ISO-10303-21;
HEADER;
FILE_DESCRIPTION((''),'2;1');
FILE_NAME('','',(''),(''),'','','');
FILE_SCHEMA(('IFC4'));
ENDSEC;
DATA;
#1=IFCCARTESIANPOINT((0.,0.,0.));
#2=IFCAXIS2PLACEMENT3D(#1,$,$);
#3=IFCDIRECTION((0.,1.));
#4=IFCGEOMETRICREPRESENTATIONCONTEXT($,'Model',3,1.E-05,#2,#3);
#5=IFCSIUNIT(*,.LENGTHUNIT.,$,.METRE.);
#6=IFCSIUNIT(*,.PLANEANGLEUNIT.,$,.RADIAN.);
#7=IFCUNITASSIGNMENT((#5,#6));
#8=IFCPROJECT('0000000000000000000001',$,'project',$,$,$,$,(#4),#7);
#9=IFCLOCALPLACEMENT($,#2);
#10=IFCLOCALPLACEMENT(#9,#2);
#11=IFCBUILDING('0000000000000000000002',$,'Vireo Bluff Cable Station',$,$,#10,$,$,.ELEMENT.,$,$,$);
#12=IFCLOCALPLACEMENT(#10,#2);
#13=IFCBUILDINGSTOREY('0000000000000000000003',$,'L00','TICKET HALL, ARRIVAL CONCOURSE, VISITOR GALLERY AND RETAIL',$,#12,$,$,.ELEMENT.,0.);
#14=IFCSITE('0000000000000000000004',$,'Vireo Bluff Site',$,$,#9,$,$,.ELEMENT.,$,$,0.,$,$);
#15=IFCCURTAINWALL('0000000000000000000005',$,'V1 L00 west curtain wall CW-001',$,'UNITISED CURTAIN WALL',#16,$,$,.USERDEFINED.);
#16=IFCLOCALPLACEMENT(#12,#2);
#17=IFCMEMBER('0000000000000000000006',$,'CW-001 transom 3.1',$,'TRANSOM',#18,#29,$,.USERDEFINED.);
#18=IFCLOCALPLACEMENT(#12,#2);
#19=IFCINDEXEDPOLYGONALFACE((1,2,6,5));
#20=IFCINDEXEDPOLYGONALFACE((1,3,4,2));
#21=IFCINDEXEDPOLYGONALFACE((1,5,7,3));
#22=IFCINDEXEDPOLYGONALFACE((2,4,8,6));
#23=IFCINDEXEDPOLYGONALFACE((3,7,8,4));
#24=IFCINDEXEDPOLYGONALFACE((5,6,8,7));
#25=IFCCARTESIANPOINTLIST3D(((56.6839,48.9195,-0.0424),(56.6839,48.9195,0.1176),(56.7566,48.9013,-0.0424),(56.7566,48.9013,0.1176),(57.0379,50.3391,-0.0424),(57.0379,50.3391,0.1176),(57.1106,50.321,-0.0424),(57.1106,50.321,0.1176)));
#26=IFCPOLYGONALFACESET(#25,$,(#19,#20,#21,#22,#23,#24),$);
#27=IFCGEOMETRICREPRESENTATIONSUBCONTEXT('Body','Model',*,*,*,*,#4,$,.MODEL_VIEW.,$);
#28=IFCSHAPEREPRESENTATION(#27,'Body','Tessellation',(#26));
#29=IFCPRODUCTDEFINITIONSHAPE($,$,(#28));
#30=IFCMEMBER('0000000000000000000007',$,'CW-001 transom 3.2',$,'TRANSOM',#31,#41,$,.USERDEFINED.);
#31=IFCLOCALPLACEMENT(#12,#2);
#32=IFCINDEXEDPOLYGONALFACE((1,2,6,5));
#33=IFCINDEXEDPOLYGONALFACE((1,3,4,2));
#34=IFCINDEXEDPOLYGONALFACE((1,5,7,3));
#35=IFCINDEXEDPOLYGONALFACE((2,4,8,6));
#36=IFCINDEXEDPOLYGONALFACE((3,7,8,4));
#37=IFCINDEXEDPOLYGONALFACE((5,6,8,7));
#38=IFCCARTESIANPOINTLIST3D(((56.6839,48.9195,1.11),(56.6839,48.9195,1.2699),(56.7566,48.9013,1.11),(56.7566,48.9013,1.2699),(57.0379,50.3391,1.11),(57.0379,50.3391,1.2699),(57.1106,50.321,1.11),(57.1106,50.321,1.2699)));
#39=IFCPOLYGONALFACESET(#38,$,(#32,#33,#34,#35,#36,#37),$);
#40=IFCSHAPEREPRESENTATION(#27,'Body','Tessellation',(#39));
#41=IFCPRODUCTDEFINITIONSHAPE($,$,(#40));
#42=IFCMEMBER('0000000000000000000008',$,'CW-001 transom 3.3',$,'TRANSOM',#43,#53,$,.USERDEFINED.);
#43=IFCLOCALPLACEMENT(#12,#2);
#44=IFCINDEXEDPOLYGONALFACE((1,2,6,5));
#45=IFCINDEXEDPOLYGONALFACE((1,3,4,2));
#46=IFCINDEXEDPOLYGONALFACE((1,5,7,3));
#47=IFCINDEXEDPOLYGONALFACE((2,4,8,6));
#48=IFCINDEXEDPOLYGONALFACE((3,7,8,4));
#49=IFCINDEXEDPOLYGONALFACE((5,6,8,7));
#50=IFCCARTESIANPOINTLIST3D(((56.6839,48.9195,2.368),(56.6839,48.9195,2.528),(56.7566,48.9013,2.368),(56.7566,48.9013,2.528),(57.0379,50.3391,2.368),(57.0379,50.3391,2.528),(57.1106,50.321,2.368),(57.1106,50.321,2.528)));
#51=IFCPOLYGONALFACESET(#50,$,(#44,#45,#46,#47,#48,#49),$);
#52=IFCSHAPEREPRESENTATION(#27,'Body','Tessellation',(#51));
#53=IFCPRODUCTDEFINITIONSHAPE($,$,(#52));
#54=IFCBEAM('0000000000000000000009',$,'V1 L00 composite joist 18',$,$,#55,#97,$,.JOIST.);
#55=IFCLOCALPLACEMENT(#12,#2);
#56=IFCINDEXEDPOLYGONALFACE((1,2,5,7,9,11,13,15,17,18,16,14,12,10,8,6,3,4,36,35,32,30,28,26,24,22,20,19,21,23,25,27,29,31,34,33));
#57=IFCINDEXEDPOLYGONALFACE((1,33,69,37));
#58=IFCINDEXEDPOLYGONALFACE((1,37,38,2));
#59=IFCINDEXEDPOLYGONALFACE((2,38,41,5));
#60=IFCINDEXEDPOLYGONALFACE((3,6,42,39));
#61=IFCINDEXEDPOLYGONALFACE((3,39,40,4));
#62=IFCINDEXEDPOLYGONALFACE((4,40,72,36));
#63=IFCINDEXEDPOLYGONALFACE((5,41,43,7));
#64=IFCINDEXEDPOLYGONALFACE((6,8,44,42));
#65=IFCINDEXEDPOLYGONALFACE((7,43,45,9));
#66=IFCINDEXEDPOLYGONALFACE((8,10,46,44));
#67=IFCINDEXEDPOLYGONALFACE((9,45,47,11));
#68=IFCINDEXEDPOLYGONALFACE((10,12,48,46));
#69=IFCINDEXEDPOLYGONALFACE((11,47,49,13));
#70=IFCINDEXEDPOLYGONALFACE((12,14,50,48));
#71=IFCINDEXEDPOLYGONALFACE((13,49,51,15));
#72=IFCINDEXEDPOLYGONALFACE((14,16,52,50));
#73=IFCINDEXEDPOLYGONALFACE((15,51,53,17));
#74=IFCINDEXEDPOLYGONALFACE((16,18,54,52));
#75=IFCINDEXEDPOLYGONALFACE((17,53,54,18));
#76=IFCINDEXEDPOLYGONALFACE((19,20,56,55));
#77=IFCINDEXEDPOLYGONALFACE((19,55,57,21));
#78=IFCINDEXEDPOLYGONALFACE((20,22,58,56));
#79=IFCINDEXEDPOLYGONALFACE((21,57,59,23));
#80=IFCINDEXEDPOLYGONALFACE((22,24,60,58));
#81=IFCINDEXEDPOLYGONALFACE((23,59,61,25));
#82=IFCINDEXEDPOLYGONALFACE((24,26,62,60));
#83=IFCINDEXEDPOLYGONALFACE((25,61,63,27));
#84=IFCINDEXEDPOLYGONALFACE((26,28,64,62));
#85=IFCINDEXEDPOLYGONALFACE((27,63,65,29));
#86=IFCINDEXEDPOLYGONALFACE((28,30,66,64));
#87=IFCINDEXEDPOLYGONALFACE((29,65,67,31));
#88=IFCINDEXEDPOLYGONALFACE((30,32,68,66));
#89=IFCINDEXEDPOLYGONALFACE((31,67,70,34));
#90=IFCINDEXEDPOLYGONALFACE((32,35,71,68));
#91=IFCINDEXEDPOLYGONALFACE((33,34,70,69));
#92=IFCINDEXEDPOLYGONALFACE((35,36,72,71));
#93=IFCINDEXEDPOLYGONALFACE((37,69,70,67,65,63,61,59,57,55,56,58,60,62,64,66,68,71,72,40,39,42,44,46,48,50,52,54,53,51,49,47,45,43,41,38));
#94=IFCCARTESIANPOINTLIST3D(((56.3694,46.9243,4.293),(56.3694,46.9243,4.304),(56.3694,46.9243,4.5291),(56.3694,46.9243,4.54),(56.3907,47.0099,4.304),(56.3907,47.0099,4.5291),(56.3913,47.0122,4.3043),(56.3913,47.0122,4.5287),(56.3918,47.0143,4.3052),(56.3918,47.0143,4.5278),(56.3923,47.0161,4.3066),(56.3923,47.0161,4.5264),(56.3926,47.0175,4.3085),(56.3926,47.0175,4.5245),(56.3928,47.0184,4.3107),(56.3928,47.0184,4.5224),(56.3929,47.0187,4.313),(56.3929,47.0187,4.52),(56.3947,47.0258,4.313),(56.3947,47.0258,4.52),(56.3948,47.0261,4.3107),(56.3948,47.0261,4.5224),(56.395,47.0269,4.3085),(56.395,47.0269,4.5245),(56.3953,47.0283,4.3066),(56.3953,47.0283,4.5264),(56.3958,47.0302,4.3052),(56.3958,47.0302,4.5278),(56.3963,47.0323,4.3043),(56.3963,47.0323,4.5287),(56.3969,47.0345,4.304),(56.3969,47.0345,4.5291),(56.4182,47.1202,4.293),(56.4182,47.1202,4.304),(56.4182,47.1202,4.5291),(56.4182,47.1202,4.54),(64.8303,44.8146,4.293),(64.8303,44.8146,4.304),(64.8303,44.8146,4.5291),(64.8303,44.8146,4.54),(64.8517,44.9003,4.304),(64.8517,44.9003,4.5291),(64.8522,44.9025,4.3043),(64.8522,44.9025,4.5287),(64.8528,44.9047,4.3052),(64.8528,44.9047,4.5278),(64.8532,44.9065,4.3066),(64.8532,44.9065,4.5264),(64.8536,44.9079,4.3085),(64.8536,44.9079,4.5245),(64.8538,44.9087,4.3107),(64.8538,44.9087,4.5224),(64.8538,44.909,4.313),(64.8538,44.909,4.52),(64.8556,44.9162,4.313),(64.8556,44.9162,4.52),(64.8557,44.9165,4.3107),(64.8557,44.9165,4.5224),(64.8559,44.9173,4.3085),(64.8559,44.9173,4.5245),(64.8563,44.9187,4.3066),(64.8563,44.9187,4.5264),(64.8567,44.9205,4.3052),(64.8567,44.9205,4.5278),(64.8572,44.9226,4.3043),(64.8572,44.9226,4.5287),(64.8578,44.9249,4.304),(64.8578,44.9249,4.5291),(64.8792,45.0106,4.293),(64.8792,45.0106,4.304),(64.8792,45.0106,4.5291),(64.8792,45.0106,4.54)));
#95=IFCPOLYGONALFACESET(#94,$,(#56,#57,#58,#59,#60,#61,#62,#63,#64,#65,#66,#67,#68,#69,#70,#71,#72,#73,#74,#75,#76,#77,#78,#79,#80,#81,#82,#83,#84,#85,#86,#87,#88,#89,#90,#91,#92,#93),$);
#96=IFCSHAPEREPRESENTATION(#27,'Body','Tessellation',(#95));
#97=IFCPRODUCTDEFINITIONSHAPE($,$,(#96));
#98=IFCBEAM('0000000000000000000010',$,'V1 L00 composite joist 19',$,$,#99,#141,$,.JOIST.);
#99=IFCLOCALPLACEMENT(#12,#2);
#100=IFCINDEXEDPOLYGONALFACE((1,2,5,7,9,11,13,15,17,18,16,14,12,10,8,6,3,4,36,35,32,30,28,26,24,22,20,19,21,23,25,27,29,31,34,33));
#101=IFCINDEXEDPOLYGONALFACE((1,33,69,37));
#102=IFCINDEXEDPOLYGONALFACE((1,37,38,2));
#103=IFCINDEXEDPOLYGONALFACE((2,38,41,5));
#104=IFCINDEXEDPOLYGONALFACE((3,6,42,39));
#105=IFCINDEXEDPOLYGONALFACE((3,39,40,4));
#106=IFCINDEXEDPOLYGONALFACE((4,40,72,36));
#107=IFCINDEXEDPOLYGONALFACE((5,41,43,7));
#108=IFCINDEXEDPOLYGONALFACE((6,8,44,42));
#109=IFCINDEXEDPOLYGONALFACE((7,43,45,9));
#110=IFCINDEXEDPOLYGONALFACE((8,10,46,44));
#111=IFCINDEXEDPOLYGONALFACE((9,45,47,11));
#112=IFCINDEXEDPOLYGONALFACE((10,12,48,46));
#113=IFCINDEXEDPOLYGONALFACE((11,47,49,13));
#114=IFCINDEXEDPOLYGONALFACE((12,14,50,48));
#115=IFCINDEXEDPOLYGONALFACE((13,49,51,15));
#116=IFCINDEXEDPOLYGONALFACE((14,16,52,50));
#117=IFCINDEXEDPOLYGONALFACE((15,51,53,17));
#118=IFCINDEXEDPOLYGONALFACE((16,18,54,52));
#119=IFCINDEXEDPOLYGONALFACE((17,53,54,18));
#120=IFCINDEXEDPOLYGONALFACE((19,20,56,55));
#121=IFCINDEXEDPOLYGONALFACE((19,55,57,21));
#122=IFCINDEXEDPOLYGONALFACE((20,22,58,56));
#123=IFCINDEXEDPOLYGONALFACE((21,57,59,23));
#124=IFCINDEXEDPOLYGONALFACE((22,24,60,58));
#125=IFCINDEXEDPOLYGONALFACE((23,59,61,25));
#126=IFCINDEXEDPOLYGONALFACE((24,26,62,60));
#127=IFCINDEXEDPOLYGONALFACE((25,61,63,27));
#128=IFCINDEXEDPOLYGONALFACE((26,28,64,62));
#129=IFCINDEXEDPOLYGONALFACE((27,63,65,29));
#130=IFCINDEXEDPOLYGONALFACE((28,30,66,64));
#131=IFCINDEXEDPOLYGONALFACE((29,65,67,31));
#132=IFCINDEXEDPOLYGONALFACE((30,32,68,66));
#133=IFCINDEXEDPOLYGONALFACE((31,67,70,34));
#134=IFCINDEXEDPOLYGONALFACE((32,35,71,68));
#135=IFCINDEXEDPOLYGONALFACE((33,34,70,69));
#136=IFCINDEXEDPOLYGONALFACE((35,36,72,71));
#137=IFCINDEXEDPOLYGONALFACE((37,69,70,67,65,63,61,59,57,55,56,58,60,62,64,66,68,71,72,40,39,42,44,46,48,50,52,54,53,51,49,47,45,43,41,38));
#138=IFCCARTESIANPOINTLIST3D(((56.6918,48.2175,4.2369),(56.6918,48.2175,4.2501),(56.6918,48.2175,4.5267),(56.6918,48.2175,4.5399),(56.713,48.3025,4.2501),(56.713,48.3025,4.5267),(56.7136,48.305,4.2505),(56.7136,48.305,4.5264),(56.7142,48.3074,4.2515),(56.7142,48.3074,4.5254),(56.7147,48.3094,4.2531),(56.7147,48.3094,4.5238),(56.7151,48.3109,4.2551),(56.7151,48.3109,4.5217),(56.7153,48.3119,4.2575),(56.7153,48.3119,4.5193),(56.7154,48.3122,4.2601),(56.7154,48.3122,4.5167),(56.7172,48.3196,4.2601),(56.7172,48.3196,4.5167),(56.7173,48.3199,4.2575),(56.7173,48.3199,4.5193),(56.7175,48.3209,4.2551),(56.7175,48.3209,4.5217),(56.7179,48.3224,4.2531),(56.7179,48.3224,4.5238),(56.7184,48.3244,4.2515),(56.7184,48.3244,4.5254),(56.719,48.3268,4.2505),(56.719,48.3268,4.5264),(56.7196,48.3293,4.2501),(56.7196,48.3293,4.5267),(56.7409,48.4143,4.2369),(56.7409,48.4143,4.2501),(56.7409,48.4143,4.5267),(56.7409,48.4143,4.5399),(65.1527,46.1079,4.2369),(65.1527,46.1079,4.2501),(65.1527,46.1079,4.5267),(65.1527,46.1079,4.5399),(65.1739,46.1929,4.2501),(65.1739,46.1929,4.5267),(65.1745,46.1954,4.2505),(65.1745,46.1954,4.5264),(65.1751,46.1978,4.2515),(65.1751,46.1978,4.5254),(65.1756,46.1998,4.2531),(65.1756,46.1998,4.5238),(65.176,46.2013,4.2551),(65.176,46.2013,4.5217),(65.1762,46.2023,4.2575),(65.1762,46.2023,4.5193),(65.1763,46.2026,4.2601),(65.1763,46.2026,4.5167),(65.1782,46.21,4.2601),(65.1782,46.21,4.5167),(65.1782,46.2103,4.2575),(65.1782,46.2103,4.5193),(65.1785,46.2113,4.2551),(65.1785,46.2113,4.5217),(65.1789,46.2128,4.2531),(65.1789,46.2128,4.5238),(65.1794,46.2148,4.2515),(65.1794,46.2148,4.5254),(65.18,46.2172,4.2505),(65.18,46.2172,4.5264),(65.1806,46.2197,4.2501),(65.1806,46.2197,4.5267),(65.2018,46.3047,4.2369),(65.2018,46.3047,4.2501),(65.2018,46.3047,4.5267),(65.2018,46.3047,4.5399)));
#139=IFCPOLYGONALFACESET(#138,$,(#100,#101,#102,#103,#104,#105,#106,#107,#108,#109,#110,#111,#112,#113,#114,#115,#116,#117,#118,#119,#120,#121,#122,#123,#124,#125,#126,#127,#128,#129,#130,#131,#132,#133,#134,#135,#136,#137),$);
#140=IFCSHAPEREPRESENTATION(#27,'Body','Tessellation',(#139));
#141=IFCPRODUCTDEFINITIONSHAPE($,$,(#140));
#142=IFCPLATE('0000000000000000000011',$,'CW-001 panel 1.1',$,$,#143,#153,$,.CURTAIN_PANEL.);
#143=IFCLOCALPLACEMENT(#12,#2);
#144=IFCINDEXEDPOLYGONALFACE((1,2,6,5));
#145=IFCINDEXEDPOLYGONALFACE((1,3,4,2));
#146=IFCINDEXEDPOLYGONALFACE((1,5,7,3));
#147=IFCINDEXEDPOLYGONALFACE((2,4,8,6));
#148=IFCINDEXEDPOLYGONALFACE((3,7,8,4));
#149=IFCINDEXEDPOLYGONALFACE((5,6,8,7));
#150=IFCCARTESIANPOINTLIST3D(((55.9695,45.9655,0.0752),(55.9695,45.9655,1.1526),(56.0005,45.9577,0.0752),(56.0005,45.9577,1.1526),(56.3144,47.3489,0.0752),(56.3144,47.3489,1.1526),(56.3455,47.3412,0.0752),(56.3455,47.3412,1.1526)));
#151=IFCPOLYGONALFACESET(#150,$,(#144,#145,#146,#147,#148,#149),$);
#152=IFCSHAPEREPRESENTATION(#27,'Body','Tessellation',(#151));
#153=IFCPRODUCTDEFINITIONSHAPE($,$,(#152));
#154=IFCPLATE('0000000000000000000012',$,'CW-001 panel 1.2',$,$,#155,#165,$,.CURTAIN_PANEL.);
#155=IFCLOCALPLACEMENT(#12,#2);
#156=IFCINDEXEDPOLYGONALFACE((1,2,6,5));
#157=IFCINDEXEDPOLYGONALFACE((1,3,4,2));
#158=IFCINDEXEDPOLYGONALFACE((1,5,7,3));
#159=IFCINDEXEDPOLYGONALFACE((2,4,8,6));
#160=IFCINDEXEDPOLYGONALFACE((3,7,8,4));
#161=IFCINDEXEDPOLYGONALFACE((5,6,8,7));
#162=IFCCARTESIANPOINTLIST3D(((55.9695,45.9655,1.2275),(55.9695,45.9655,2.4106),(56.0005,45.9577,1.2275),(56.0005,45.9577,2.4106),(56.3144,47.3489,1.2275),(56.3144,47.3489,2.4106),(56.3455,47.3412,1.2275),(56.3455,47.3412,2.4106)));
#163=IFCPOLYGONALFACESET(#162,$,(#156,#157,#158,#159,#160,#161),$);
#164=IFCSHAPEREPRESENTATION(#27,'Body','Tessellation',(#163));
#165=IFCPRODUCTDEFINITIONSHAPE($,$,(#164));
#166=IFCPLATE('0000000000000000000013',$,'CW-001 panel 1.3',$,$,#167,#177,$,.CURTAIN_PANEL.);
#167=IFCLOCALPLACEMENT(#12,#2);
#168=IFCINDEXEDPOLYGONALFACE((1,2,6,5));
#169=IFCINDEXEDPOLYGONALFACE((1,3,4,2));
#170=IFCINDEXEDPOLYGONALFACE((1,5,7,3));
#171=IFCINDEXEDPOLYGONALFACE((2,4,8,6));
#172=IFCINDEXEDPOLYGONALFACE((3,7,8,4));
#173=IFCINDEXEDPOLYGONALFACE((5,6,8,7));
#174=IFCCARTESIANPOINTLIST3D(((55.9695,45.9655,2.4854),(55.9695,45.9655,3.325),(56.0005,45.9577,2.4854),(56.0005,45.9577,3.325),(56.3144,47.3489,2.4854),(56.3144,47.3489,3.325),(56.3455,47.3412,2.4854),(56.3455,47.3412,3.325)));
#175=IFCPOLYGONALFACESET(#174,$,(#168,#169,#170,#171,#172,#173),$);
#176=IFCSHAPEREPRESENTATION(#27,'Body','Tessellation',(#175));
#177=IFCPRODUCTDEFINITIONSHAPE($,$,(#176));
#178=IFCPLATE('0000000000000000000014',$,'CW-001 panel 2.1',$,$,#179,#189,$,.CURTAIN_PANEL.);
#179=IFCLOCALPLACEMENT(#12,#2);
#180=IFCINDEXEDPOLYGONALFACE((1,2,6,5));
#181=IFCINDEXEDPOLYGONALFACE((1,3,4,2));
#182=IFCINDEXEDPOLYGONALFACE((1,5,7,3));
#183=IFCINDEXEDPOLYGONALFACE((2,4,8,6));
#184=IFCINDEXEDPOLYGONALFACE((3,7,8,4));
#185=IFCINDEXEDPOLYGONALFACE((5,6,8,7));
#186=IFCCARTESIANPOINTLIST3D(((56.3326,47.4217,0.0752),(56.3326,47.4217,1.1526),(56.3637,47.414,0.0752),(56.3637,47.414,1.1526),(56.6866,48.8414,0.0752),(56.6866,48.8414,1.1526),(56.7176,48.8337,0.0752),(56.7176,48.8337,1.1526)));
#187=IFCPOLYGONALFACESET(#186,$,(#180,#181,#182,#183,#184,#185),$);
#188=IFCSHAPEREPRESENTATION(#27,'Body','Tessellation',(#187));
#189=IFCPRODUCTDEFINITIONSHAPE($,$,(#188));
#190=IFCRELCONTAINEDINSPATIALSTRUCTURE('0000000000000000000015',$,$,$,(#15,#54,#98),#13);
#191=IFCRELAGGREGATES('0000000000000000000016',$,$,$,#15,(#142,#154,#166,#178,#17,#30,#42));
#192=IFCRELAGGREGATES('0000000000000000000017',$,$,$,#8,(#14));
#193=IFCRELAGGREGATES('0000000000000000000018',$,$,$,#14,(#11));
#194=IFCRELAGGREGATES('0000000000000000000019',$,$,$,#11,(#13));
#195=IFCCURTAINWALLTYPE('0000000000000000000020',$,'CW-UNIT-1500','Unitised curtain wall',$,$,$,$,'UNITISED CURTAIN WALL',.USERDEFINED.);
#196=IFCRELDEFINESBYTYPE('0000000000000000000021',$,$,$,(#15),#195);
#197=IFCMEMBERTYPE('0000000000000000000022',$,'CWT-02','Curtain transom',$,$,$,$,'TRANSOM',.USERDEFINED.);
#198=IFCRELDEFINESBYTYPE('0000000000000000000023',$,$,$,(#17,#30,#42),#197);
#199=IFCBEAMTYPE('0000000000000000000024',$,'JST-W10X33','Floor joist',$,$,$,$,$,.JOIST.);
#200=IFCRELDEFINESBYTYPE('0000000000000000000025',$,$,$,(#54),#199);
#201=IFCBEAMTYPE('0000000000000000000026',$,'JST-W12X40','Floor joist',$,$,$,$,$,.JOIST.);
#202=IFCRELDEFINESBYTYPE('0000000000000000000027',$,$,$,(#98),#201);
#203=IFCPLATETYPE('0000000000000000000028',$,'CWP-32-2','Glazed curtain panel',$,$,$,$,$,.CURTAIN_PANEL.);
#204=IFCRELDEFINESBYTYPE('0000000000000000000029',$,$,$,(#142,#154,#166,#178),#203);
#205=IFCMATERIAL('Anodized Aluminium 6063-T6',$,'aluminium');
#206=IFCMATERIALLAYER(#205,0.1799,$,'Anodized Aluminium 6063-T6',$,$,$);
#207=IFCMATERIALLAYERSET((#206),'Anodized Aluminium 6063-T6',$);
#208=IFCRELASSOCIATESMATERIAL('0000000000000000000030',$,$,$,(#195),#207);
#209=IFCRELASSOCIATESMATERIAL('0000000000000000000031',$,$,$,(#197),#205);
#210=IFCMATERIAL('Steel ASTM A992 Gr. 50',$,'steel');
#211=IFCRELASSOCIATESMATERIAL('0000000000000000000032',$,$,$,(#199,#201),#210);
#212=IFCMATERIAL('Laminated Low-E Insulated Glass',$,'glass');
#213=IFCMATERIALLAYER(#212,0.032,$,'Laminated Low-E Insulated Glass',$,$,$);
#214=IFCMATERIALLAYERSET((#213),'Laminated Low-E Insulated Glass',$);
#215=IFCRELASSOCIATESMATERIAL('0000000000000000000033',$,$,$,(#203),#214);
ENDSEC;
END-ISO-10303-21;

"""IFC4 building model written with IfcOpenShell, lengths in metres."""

from ifc_helpers import new_model, si_unit, direction, frame, origin, origin_2d, place, context, subcontext, project, spatial, rectangle, i_section, extrude, material, layer, layer_set, material_profile, profile_set, type_object, element, aggregate, save


model = new_model("IFC4")

# Units and contexts
model_context = context("Model", 3, precision=1e-05, world=origin(), true_north=direction((0.0, 1.0)))
body_context = subcontext(model_context, "Body", "Model", "MODEL_VIEW")
ifc_project = project(units=[si_unit("LENGTHUNIT", "METRE"), si_unit("PLANEANGLEUNIT", "RADIAN")], contexts=[model_context])

# Site, building, storey
site_placement = place(None, origin())
site = spatial("IfcSite", under=ifc_project, at=site_placement, Name="Vireo Bluff Site", CompositionType="ELEMENT", RefElevation=0.0)
building_placement = place(site_placement, origin())
building = spatial("IfcBuilding", under=site, at=building_placement, Name="Vireo Bluff Cable Station", CompositionType="ELEMENT")
storey_placement = place(building_placement, origin())
storey = spatial("IfcBuildingStorey", under=building, at=storey_placement, Name="L00", Description="TICKET HALL, ARRIVAL CONCOURSE, VISITOR GALLERY AND RETAIL", CompositionType="ELEMENT", Elevation=0.0)

# Curtain wall, members
ifc_material_1 = material(Name="Anodized Aluminium 6063-T6", Category="aluminium")
ifc_layer_1 = layer(ifc_material_1, 0.1799, Name="Anodized Aluminium 6063-T6")
ifc_layer_set_1 = layer_set([ifc_layer_1], Name="Anodized Aluminium 6063-T6")
curtain_wall_type = type_object("IfcCurtainWallType", Name="CW-UNIT-1500", Description="Unitised curtain wall", ElementType="UNITISED CURTAIN WALL", PredefinedType="USERDEFINED", material=ifc_layer_set_1)
curtain_wall_placement = place(storey_placement, origin())
curtain_wall = element("IfcCurtainWall", 1, at=curtain_wall_placement, inside=storey, type_object=curtain_wall_type, Name="V1 L00 west curtain wall CW-001", ObjectType="UNITISED CURTAIN WALL", PredefinedType="USERDEFINED")
ifc_material_profile_1 = material_profile(ifc_material_1, rectangle(XDim=0.075, YDim=0.1599, at=origin_2d()), Name="ALU-T-75X160")
ifc_profile_set_1 = profile_set([ifc_material_profile_1], Name="Anodized Aluminium 6063-T6")
member_type_1 = type_object("IfcMemberType", Name="CWT-02", Description="Curtain transom", ElementType="TRANSOM", PredefinedType="USERDEFINED", material=ifc_profile_set_1)
member_1_placement = place(storey_placement, frame((56.7202, 48.9104, 0.0376), z_axis=(0.241947, 0.97029, 0.0), x_axis=(-0.97029, 0.241947, 0.0)))
member_1 = element("IfcMember", 2, at=member_1_placement, type_object=member_type_1, Name="CW-001 transom 3.1", ObjectType="TRANSOM", PredefinedType="USERDEFINED", context=body_context, shape_type="SweptSolid", body=[
    extrude(rectangle(XDim=0.075, YDim=0.1599, at=origin_2d()), origin(), (0.0, 0.0, 1.0), 1.4631),
])
member_2_placement = place(storey_placement, frame((56.7202, 48.9104, 1.1899), z_axis=(0.241947, 0.97029, 0.0), x_axis=(-0.97029, 0.241947, 0.0)))
member_2 = element("IfcMember", 3, at=member_2_placement, type_object=member_type_1, Name="CW-001 transom 3.2", ObjectType="TRANSOM", PredefinedType="USERDEFINED", context=body_context, shape_type="SweptSolid", body=[
    extrude(rectangle(XDim=0.075, YDim=0.1599, at=origin_2d()), origin(), (0.0, 0.0, 1.0), 1.4631),
])
member_3_placement = place(storey_placement, frame((56.7202, 48.9104, 2.448), z_axis=(0.241947, 0.97029, 0.0), x_axis=(-0.97029, 0.241947, 0.0)))
member_3 = element("IfcMember", 4, at=member_3_placement, type_object=member_type_1, Name="CW-001 transom 3.3", ObjectType="TRANSOM", PredefinedType="USERDEFINED", context=body_context, shape_type="SweptSolid", body=[
    extrude(rectangle(XDim=0.075, YDim=0.1599, at=origin_2d()), origin(), (0.0, 0.0, 1.0), 1.4631),
])

# Beams
ifc_material_2 = material(Name="Steel ASTM A992 Gr. 50", Category="steel")
ifc_material_profile_2 = material_profile(ifc_material_2, i_section(OverallWidth=0.2019, OverallDepth=0.2471, WebThickness=0.0073, FlangeThickness=0.011, FilletRadius=0.009, at=origin_2d()), Name="W10X33")
ifc_profile_set_2 = profile_set([ifc_material_profile_2], Name="Steel ASTM A992 Gr. 50")
beam_type_1 = type_object("IfcBeamType", Name="JST-W10X33", Description="Floor joist", PredefinedType="JOIST", material=ifc_profile_set_2)
beam_1_placement = place(storey_placement, frame((56.3938, 47.0222, 4.4165), z_axis=(0.970294, -0.24193, 0.0), x_axis=(0.24193, 0.970294, 0.0)))
element("IfcBeam", 5, at=beam_1_placement, inside=storey, type_object=beam_type_1, Name="V1 L00 composite joist 18", PredefinedType="JOIST", context=body_context, shape_type="SweptSolid", body=[
    extrude(i_section(OverallWidth=0.2019, OverallDepth=0.2471, WebThickness=0.0073, FlangeThickness=0.011, FilletRadius=0.009, at=origin_2d()), origin(), (0.0, 0.0, 1.0), 8.72),
])
ifc_material_profile_3 = material_profile(ifc_material_2, i_section(OverallWidth=0.2029, OverallDepth=0.303, WebThickness=0.0076, FlangeThickness=0.0132, FilletRadius=0.01, at=origin_2d()), Name="W12X40")
ifc_profile_set_3 = profile_set([ifc_material_profile_3], Name="Steel ASTM A992 Gr. 50")
beam_type_2 = type_object("IfcBeamType", Name="JST-W12X40", Description="Floor joist", PredefinedType="JOIST", material=ifc_profile_set_3)
beam_2_placement = place(storey_placement, frame((56.7163, 48.3159, 4.3884), z_axis=(0.970294, -0.24193, 0.0), x_axis=(0.24193, 0.970294, 0.0)))
element("IfcBeam", 6, at=beam_2_placement, inside=storey, type_object=beam_type_2, Name="V1 L00 composite joist 19", PredefinedType="JOIST", context=body_context, shape_type="SweptSolid", body=[
    extrude(i_section(OverallWidth=0.2029, OverallDepth=0.303, WebThickness=0.0076, FlangeThickness=0.0132, FilletRadius=0.01, at=origin_2d()), origin(), (0.0, 0.0, 1.0), 8.72),
])

# Plates
ifc_material_3 = material(Name="Laminated Low-E Insulated Glass", Category="glass")
ifc_layer_2 = layer(ifc_material_3, 0.032, Name="Laminated Low-E Insulated Glass")
ifc_layer_set_2 = layer_set([ifc_layer_2], Name="Laminated Low-E Insulated Glass")
plate_type = type_object("IfcPlateType", Name="CWP-32-2", Description="Glazed curtain panel", PredefinedType="CURTAIN_PANEL", material=ifc_layer_set_2)
plate_1_placement = place(storey_placement, frame((56.1575, 46.6533, 0.0752), z_axis=(0.0, 0.0, 1.0), x_axis=(0.241922, 0.970296, 0.0)))
plate_1 = element("IfcPlate", 7, at=plate_1_placement, type_object=plate_type, Name="CW-001 panel 1.1", PredefinedType="CURTAIN_PANEL", context=body_context, shape_type="SweptSolid", body=[
    extrude(rectangle(XDim=1.4258, YDim=0.032, at=origin_2d()), origin(), (0.0, 0.0, 1.0), 1.0774),
])
plate_2_placement = place(storey_placement, frame((56.1575, 46.6533, 1.2275), z_axis=(0.0, 0.0, 1.0), x_axis=(0.241922, 0.970296, 0.0)))
plate_2 = element("IfcPlate", 8, at=plate_2_placement, type_object=plate_type, Name="CW-001 panel 1.2", PredefinedType="CURTAIN_PANEL", context=body_context, shape_type="SweptSolid", body=[
    extrude(rectangle(XDim=1.4258, YDim=0.032, at=origin_2d()), origin(), (0.0, 0.0, 1.0), 1.1831),
])
plate_3_placement = place(storey_placement, frame((56.1575, 46.6533, 2.4854), z_axis=(0.0, 0.0, 1.0), x_axis=(0.241922, 0.970296, 0.0)))
plate_3 = element("IfcPlate", 9, at=plate_3_placement, type_object=plate_type, Name="CW-001 panel 1.3", PredefinedType="CURTAIN_PANEL", context=body_context, shape_type="SweptSolid", body=[
    extrude(rectangle(XDim=1.4258, YDim=0.032, at=origin_2d()), origin(), (0.0, 0.0, 1.0), 0.8396),
])
plate_4_placement = place(storey_placement, frame((56.5251, 48.1277, 0.0752), z_axis=(0.0, 0.0, 1.0), x_axis=(0.241922, 0.970296, 0.0)))
plate_4 = element("IfcPlate", 10, at=plate_4_placement, type_object=plate_type, Name="CW-001 panel 2.1", PredefinedType="CURTAIN_PANEL", context=body_context, shape_type="SweptSolid", body=[
    extrude(rectangle(XDim=1.4631, YDim=0.032, at=origin_2d()), origin(), (0.0, 0.0, 1.0), 1.0774),
])
aggregate(curtain_wall, [plate_1, plate_2, plate_3, plate_4, member_1, member_2, member_3])

save(model, "model.ifc")
